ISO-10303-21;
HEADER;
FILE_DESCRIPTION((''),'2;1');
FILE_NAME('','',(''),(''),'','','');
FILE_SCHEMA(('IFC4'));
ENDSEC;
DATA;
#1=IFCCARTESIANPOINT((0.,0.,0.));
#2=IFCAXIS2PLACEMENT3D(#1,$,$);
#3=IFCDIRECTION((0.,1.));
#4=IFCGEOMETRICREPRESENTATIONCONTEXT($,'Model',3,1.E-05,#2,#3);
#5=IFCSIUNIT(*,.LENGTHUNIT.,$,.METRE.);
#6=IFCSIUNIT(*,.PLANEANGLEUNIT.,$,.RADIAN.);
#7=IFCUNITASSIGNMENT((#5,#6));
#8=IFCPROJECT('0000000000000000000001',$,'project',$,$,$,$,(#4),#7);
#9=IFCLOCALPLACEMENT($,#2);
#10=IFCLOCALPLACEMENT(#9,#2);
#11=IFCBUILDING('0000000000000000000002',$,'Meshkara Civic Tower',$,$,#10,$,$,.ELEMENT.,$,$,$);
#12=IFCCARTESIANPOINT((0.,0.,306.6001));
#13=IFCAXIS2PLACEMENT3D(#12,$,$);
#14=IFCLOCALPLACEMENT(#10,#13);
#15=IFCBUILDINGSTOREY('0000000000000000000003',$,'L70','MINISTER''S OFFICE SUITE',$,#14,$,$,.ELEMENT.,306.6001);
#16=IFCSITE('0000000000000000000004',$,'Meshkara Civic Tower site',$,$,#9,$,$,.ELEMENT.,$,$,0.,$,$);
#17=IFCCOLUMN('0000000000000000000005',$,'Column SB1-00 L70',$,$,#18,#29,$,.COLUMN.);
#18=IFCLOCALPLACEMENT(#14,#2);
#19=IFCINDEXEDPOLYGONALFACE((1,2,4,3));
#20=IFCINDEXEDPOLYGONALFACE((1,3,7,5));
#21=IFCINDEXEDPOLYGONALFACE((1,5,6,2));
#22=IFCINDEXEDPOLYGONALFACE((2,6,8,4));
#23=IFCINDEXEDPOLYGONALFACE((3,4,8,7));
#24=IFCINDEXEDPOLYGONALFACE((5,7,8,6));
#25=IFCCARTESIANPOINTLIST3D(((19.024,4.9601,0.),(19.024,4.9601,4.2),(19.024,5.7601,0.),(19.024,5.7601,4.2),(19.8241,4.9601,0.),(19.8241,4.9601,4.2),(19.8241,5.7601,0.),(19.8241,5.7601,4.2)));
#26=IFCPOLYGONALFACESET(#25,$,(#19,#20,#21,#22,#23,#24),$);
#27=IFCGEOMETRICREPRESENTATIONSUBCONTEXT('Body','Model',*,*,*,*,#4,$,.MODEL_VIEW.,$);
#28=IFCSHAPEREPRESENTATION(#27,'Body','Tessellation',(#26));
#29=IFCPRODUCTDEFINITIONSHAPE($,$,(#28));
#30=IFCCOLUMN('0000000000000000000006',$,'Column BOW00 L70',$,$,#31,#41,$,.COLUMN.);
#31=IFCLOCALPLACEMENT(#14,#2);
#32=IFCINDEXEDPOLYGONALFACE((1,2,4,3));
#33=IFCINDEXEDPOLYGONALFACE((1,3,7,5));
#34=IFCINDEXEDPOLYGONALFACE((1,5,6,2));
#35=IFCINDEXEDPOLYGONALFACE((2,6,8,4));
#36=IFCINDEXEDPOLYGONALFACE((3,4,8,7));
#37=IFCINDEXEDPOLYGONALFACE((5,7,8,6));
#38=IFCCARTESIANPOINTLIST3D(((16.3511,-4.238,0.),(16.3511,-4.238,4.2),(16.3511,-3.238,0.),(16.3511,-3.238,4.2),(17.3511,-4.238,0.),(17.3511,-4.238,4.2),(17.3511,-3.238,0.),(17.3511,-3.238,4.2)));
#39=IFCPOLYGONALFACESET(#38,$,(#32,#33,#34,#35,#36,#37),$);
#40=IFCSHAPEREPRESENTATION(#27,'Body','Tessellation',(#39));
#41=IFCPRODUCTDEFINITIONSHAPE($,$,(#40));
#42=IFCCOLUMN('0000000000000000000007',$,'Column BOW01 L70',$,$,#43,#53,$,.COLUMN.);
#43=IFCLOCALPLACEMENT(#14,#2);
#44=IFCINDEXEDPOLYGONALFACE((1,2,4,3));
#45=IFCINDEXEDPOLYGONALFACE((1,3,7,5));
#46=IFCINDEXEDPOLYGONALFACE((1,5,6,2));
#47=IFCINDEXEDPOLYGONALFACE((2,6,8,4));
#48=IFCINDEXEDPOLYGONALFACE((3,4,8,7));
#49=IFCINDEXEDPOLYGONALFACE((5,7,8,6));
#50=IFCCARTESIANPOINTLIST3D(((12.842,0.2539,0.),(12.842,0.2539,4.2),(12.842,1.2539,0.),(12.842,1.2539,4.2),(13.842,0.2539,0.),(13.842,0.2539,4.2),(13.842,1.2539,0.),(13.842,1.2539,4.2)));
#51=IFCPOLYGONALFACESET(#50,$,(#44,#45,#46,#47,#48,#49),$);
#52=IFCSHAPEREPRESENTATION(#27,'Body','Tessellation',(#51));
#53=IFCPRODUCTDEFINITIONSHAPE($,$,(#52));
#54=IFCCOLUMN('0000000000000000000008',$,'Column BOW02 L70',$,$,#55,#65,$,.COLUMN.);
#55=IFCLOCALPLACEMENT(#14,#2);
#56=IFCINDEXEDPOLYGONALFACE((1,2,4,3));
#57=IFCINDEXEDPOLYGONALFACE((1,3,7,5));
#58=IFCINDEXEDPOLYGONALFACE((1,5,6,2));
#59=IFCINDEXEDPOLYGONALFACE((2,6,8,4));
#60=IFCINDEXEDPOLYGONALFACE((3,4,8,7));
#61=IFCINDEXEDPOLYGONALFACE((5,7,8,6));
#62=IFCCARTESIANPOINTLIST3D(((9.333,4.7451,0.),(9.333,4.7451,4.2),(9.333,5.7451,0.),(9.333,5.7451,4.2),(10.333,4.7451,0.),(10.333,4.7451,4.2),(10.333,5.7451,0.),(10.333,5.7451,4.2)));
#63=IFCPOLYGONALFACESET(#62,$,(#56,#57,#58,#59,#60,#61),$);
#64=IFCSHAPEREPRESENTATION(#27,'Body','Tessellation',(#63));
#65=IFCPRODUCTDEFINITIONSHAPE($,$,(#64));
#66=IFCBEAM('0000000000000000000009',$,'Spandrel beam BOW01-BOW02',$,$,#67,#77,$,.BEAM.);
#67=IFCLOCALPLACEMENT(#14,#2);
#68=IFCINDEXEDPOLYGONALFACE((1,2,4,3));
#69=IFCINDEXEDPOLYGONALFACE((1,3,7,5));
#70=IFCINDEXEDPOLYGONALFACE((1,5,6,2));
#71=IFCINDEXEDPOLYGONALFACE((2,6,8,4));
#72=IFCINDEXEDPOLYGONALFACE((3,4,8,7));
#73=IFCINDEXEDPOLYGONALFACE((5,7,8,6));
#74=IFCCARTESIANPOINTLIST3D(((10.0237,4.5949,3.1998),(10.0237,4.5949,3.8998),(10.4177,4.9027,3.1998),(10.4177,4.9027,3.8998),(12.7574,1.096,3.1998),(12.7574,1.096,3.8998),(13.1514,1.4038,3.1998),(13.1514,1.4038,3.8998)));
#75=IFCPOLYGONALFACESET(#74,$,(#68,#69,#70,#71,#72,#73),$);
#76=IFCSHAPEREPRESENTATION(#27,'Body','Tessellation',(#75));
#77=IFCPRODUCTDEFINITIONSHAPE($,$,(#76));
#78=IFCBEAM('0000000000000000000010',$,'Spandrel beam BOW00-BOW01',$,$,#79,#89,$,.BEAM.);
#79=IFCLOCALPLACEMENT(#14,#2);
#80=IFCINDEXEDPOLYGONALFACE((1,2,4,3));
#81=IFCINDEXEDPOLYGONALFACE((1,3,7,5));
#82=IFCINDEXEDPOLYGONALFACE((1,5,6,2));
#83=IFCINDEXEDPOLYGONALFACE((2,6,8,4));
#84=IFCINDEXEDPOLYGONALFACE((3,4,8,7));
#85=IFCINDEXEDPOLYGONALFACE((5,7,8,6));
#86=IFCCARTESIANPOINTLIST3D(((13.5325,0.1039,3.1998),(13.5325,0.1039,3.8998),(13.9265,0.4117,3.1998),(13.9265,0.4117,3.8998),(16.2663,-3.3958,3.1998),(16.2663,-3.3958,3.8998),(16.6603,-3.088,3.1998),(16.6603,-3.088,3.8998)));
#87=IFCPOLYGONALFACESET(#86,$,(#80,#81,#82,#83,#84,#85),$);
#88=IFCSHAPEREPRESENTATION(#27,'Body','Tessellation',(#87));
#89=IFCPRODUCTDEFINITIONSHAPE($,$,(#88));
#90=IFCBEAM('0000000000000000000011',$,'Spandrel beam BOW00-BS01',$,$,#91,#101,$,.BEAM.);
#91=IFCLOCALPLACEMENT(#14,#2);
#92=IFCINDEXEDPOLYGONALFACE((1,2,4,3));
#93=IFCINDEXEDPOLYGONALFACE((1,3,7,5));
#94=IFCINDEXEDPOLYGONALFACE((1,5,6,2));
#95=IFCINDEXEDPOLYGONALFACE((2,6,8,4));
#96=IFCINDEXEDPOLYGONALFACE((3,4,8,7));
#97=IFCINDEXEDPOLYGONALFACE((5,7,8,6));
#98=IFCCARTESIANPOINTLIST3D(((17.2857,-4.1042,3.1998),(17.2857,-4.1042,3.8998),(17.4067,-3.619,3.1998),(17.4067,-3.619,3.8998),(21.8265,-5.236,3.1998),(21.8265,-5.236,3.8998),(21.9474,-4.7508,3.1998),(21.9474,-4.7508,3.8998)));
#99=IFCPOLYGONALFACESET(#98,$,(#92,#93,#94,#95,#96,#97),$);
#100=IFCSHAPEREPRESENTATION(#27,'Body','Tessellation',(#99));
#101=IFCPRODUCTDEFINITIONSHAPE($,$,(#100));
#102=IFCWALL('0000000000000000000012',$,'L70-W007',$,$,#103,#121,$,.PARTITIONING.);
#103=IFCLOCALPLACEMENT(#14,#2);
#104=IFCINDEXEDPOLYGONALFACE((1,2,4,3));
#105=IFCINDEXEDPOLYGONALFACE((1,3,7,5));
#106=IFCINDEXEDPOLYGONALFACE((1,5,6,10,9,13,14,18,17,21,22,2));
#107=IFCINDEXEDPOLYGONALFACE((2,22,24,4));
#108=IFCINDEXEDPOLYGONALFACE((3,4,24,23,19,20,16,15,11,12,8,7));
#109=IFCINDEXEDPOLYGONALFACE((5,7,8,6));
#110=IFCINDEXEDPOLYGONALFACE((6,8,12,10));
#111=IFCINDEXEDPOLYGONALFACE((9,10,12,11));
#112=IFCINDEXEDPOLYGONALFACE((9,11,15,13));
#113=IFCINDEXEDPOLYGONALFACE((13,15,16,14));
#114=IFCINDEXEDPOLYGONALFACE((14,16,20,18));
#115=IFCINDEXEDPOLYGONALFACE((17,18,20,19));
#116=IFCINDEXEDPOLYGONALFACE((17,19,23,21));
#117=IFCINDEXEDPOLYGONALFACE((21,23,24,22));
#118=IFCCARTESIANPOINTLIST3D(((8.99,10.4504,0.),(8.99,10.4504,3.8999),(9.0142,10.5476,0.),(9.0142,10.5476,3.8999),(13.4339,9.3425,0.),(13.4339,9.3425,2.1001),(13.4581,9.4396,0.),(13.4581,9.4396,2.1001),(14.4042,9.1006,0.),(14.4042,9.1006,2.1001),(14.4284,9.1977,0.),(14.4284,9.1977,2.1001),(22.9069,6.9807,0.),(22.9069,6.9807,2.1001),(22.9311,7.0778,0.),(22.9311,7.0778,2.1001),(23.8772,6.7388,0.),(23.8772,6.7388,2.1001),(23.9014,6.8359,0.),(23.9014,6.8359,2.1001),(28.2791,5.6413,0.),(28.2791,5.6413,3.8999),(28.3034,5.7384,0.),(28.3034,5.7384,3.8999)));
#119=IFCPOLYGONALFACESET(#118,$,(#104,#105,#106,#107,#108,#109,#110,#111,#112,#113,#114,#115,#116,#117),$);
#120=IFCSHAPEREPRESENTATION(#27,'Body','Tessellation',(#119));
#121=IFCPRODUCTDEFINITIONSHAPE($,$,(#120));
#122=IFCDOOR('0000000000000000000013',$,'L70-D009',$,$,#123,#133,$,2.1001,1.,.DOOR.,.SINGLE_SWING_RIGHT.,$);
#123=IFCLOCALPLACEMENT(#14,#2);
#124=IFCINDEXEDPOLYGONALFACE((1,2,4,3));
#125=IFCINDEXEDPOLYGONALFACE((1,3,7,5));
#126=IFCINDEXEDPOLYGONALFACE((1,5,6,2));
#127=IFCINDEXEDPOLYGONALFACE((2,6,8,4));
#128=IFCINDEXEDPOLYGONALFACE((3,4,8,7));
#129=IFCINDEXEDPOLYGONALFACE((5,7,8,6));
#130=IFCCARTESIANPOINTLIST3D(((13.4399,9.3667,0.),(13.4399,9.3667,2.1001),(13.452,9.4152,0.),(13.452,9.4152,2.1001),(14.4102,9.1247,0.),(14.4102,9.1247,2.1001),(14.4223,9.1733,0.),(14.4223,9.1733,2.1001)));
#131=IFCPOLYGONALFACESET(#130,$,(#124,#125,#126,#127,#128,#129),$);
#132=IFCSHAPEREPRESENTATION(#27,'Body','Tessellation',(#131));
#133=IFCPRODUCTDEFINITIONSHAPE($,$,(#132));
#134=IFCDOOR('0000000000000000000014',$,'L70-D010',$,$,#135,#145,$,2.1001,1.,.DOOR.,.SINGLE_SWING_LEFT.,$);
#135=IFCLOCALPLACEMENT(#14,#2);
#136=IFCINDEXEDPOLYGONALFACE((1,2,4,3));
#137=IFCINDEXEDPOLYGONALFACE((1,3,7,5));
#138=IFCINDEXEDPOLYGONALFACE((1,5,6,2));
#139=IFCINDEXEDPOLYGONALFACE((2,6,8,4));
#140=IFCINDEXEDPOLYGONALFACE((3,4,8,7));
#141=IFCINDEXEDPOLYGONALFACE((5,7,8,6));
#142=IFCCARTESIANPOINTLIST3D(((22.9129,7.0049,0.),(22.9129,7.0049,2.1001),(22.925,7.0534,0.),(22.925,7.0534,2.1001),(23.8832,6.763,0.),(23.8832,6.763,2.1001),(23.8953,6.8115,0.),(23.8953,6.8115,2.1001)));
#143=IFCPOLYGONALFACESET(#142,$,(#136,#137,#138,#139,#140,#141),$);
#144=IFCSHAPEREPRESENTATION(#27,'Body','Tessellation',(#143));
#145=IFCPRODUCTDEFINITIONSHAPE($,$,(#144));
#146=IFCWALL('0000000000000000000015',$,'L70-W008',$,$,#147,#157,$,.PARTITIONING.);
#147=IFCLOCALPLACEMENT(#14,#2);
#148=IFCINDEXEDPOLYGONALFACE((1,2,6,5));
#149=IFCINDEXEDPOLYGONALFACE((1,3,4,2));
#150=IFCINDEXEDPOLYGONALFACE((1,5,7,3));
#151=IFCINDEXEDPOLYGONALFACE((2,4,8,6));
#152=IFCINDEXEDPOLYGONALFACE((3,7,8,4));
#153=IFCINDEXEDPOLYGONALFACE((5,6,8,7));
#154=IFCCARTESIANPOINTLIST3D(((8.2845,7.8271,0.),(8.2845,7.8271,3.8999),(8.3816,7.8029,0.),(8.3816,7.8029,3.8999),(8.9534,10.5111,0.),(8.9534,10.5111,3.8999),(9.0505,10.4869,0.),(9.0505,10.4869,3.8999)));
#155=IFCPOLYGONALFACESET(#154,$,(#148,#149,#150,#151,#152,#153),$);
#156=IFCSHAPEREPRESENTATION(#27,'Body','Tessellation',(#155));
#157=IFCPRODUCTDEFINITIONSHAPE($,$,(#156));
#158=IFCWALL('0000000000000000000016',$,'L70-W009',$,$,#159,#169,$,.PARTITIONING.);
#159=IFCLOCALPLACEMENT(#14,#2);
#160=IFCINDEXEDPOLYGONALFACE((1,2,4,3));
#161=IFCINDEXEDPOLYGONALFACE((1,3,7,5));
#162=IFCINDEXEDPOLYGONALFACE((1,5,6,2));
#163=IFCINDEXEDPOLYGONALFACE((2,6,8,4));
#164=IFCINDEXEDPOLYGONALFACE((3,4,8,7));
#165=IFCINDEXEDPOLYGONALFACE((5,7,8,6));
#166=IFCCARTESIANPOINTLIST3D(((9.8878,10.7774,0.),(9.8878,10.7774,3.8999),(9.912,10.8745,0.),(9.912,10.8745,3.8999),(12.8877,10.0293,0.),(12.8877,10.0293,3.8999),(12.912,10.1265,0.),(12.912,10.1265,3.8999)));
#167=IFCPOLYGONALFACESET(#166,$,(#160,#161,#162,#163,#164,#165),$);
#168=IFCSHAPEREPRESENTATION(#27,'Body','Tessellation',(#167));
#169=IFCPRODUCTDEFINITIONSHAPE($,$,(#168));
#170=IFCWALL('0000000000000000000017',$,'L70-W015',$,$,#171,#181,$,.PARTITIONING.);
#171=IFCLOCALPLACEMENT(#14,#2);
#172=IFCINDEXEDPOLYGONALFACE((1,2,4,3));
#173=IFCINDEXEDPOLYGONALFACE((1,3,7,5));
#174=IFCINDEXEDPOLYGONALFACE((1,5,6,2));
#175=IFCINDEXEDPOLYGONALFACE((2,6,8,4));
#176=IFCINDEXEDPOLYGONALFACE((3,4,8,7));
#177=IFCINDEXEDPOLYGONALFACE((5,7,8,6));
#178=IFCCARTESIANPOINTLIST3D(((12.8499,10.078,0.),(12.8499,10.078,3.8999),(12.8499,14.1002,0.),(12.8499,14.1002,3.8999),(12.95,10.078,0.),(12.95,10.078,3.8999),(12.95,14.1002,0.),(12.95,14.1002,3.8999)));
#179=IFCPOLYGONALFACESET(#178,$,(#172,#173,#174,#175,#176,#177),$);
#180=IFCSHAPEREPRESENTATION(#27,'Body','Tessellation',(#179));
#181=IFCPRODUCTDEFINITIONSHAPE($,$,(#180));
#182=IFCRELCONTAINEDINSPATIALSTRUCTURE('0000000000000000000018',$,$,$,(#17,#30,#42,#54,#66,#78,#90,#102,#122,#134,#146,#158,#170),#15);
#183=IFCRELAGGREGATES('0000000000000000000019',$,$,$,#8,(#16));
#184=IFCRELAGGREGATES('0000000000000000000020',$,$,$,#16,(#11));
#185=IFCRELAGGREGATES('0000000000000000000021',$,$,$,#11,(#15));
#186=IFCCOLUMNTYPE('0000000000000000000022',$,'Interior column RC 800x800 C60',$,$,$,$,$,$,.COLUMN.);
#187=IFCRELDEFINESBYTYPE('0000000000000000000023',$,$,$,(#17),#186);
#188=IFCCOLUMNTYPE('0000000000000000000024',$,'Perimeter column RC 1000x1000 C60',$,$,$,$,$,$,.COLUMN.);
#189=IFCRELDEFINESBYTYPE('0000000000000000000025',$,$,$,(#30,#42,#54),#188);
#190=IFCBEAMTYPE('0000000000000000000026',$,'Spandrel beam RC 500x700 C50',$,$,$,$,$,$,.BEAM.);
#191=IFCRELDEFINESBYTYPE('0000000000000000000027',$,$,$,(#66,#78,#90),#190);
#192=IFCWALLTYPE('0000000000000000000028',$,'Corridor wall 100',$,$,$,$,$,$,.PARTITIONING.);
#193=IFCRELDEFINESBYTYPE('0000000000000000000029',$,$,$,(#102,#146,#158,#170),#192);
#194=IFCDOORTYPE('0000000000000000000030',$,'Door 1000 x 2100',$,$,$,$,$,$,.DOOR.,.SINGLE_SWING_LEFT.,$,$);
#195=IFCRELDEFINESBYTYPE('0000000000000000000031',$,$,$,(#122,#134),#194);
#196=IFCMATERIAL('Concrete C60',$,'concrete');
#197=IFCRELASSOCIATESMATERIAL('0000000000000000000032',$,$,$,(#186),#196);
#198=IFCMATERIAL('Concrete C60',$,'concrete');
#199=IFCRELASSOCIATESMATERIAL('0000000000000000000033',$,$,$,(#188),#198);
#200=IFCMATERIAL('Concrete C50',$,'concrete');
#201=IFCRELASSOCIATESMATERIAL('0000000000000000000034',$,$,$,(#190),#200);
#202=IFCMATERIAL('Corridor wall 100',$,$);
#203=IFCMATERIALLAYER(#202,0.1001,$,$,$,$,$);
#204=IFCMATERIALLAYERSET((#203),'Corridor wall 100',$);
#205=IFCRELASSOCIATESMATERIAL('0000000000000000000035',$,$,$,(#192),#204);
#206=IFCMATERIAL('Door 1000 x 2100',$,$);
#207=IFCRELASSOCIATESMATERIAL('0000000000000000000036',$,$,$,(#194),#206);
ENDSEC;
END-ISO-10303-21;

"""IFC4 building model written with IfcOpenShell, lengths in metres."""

from ifc_helpers import new_model, si_unit, direction, frame, frame_2d, origin, origin_2d, place, context, subcontext, project, spatial, rectangle, extrude, material, layer, layer_set, material_profile, profile_set, type_object, element, fill, save


model = new_model("IFC4")

# Units and contexts
model_context = context("Model", 3, precision=1e-05, world=origin(), true_north=direction((0.0, 1.0)))
body_context = subcontext(model_context, "Body", "Model", "MODEL_VIEW")
ifc_project = project(units=[si_unit("LENGTHUNIT", "METRE"), si_unit("PLANEANGLEUNIT", "RADIAN")], contexts=[model_context])

# Site, building, storey
site_placement = place(None, origin())
site = spatial("IfcSite", under=ifc_project, at=site_placement, Name="Meshkara Civic Tower site", CompositionType="ELEMENT", RefElevation=0.0)
building_placement = place(site_placement, origin())
building = spatial("IfcBuilding", under=site, at=building_placement, Name="Meshkara Civic Tower", CompositionType="ELEMENT")
storey_placement = place(building_placement, frame((0.0, 0.0, 306.6001)))
storey = spatial("IfcBuildingStorey", under=building, at=storey_placement, Name="L70", Description="MINISTER'S OFFICE SUITE", CompositionType="ELEMENT", Elevation=306.6001)

# Columns
ifc_material_1 = material(Name="Concrete C60", Category="concrete")
ifc_material_profile_1 = material_profile(ifc_material_1, rectangle(XDim=0.8, YDim=0.8, at=origin_2d()))
ifc_profile_set_1 = profile_set([ifc_material_profile_1], Name="Concrete C60")
column_type_1 = type_object("IfcColumnType", Name="Interior column RC 800x800 C60", PredefinedType="COLUMN", material=ifc_profile_set_1)
column_placement = place(storey_placement, frame((19.4241, 5.3601, 0.0), z_axis=(0.0, 0.0, 1.0), x_axis=(1.0, 0.0, 0.0)))
element("IfcColumn", 1, at=column_placement, inside=storey, type_object=column_type_1, Name="Column SB1-00 L70", PredefinedType="COLUMN", context=body_context, shape_type="SweptSolid", body=[
    extrude(rectangle(XDim=0.8, YDim=0.8, at=origin_2d()), origin(), (0.0, 0.0, 1.0), 4.2),
])
ifc_material_2 = material(Name="Concrete C60", Category="concrete")
ifc_material_profile_2 = material_profile(ifc_material_2, rectangle(XDim=1.0, YDim=1.0, at=origin_2d()))
ifc_profile_set_2 = profile_set([ifc_material_profile_2], Name="Concrete C60")
column_type_2 = type_object("IfcColumnType", Name="Perimeter column RC 1000x1000 C60", PredefinedType="COLUMN", material=ifc_profile_set_2)
for number, where, z_axis, x_axis, name in (
    (2, (16.8511, -3.738, 0.0), (0.0, 0.0, 1.0), (1.0, 0.0, 0.0), "Column BOW00 L70"),
    (3, (13.342, 0.7539, 0.0), (0.0, 0.0, 1.0), (1.0, 0.0, 0.0), "Column BOW01 L70"),
    (4, (9.833, 5.2451, 0.0), (0.0, 0.0, 1.0), (1.0, 0.0, 0.0), "Column BOW02 L70"),
):
    element("IfcColumn", number, at=place(storey_placement, frame(where, z_axis=z_axis, x_axis=x_axis)), inside=storey, type_object=column_type_2, Name=name, PredefinedType="COLUMN", context=body_context, shape_type="SweptSolid", body=[
        extrude(rectangle(XDim=1.0, YDim=1.0, at=origin_2d()), origin(), (0.0, 0.0, 1.0), 4.2),
    ])

# Beams
ifc_material_3 = material(Name="Concrete C50", Category="concrete")
ifc_material_profile_3 = material_profile(ifc_material_3, rectangle(XDim=0.5, YDim=0.7, at=origin_2d()))
ifc_profile_set_3 = profile_set([ifc_material_profile_3], Name="Concrete C50")
beam_type = type_object("IfcBeamType", Name="Spandrel beam RC 500x700 C50", PredefinedType="BEAM", material=ifc_profile_set_3)
beam_1_placement = place(storey_placement, frame((10.2207, 4.7488, 3.5498), z_axis=(0.615675, -0.788, 0.0), x_axis=(0.788, 0.615675, 0.0)))
element("IfcBeam", 5, at=beam_1_placement, inside=storey, type_object=beam_type, Name="Spandrel beam BOW01-BOW02", PredefinedType="BEAM", context=body_context, shape_type="SweptSolid", body=[
    extrude(rectangle(XDim=0.5, YDim=0.7, at=origin_2d()), origin(), (0.0, 0.0, 1.0), 4.4402),
])
beam_2_placement = place(storey_placement, frame((13.7295, 0.2578, 3.5498), z_axis=(0.615602, -0.788057, 0.0), x_axis=(0.788057, 0.615602, 0.0)))
element("IfcBeam", 6, at=beam_2_placement, inside=storey, type_object=beam_type, Name="Spandrel beam BOW00-BOW01", PredefinedType="BEAM", context=body_context, shape_type="SweptSolid", body=[
    extrude(rectangle(XDim=0.5, YDim=0.7, at=origin_2d()), origin(), (0.0, 0.0, 1.0), 4.4409),
])
beam_3_placement = place(storey_placement, frame((17.3462, -3.8616, 3.5498), z_axis=(0.970311, -0.24186, 0.0), x_axis=(0.24186, 0.970311, 0.0)))
element("IfcBeam", 7, at=beam_3_placement, inside=storey, type_object=beam_type, Name="Spandrel beam BOW00-BS01", PredefinedType="BEAM", context=body_context, shape_type="SweptSolid", body=[
    extrude(rectangle(XDim=0.5, YDim=0.7, at=origin_2d()), origin(), (0.0, 0.0, 1.0), 4.6797),
])

# Wall, openings, doors
ifc_material_4 = material(Name="Corridor wall 100")
ifc_layer_1 = layer(ifc_material_4, 0.1001)
ifc_layer_set_1 = layer_set([ifc_layer_1], Name="Corridor wall 100")
wall_type_1 = type_object("IfcWallType", Name="Corridor wall 100", PredefinedType="PARTITIONING", material=ifc_layer_set_1)
wall_1_placement = place(storey_placement, frame((9.002, 10.499, 0.0), z_axis=(0.0, 0.0, 1.0), x_axis=(0.970298, -0.241911, 0.0)))
wall_1 = element("IfcWall", 8, at=wall_1_placement, inside=storey, type_object=wall_type_1, Name="L70-W007", PredefinedType="PARTITIONING", context=body_context, shape_type="SweptSolid", body=[
    extrude(rectangle(XDim=19.8796, YDim=0.1001, at=frame_2d((9.9399, 0.0))), origin(), (0.0, 0.0, 1.0), 3.8999),
])
opening_1_placement = place(wall_1_placement, frame((4.5801, 0.0, 0.0)))
opening_1 = element("IfcOpeningElement", 9, at=opening_1_placement, cuts=wall_1, PredefinedType="OPENING", context=body_context, shape_type="SweptSolid", body=[
    extrude(rectangle(XDim=1.0, YDim=2.1001, at=frame_2d((0.5, 1.05))), frame((0.0, 0.0601, 0.0), z_axis=(0.0, -1.0, 0.0), x_axis=(1.0, 0.0, 0.0)), (0.0, 0.0, 1.0), 0.1201),
])
opening_2_placement = place(wall_1_placement, frame((14.343, 0.0, 0.0)))
opening_2 = element("IfcOpeningElement", 10, at=opening_2_placement, cuts=wall_1, PredefinedType="OPENING", context=body_context, shape_type="SweptSolid", body=[
    extrude(rectangle(XDim=1.0, YDim=2.1001, at=frame_2d((0.5, 1.05))), frame((0.0, 0.0601, 0.0), z_axis=(0.0, -1.0, 0.0), x_axis=(1.0, 0.0, 0.0)), (0.0, 0.0, 1.0), 0.1201),
])
ifc_material_5 = material(Name="Door 1000 x 2100")
door_type = type_object("IfcDoorType", Name="Door 1000 x 2100", OperationType="SINGLE_SWING_LEFT", PredefinedType="DOOR", material=ifc_material_5)
door_1_placement = place(opening_1_placement, origin())
door_1 = element("IfcDoor", 11, at=door_1_placement, inside=storey, type_object=door_type, Name="L70-D009", OperationType="SINGLE_SWING_RIGHT", OverallHeight=2.1001, OverallWidth=1.0, PredefinedType="DOOR", context=body_context, shape_type="SweptSolid", body=[
    extrude(rectangle(XDim=1.0, YDim=2.1001, at=frame_2d((0.5, 1.05))), frame((0.0, 0.0249, 0.0), z_axis=(0.0, -1.0, 0.0), x_axis=(1.0, 0.0, 0.0)), (0.0, 0.0, 1.0), 0.05),
])
fill(opening_1, door_1)
door_2_placement = place(opening_2_placement, origin())
door_2 = element("IfcDoor", 12, at=door_2_placement, inside=storey, type_object=door_type, Name="L70-D010", OperationType="SINGLE_SWING_LEFT", OverallHeight=2.1001, OverallWidth=1.0, PredefinedType="DOOR", context=body_context, shape_type="SweptSolid", body=[
    extrude(rectangle(XDim=1.0, YDim=2.1001, at=frame_2d((0.5, 1.05))), frame((0.0, 0.0249, 0.0), z_axis=(0.0, -1.0, 0.0), x_axis=(1.0, 0.0, 0.0)), (0.0, 0.0, 1.0), 0.05),
])
fill(opening_2, door_2)

# Walls
wall_2_placement = place(storey_placement, frame((9.002, 10.499, 0.0), z_axis=(0.0, 0.0, 1.0), x_axis=(-0.241829, -0.970319, 0.0)))
element("IfcWall", 13, at=wall_2_placement, inside=storey, type_object=wall_type_1, Name="L70-W008", PredefinedType="PARTITIONING", context=body_context, shape_type="SweptSolid", body=[
    extrude(rectangle(XDim=2.7661, YDim=0.1001, at=frame_2d((1.3831, 0.0))), origin(), (0.0, 0.0, 1.0), 3.8999),
])
wall_3_placement = place(storey_placement, frame((9.8999, 10.8259, 0.0), z_axis=(0.0, 0.0, 1.0), x_axis=(0.970291, -0.241941, 0.0)))
element("IfcWall", 14, at=wall_3_placement, inside=storey, type_object=wall_type_1, Name="L70-W009", PredefinedType="PARTITIONING", context=body_context, shape_type="SweptSolid", body=[
    extrude(rectangle(XDim=3.0918, YDim=0.1001, at=frame_2d((1.5459, 0.0))), origin(), (0.0, 0.0, 1.0), 3.8999),
])
wall_4_placement = place(storey_placement, frame((12.8999, 10.0779, 0.0), z_axis=(0.0, 0.0, 1.0), x_axis=(0.0, 1.0, 0.0)))
element("IfcWall", 15, at=wall_4_placement, inside=storey, type_object=wall_type_1, Name="L70-W015", PredefinedType="PARTITIONING", context=body_context, shape_type="SweptSolid", body=[
    extrude(rectangle(XDim=4.0222, YDim=0.1001, at=frame_2d((2.0112, 0.0))), origin(), (0.0, 0.0, 1.0), 3.8999),
])

save(model, "model.ifc")
